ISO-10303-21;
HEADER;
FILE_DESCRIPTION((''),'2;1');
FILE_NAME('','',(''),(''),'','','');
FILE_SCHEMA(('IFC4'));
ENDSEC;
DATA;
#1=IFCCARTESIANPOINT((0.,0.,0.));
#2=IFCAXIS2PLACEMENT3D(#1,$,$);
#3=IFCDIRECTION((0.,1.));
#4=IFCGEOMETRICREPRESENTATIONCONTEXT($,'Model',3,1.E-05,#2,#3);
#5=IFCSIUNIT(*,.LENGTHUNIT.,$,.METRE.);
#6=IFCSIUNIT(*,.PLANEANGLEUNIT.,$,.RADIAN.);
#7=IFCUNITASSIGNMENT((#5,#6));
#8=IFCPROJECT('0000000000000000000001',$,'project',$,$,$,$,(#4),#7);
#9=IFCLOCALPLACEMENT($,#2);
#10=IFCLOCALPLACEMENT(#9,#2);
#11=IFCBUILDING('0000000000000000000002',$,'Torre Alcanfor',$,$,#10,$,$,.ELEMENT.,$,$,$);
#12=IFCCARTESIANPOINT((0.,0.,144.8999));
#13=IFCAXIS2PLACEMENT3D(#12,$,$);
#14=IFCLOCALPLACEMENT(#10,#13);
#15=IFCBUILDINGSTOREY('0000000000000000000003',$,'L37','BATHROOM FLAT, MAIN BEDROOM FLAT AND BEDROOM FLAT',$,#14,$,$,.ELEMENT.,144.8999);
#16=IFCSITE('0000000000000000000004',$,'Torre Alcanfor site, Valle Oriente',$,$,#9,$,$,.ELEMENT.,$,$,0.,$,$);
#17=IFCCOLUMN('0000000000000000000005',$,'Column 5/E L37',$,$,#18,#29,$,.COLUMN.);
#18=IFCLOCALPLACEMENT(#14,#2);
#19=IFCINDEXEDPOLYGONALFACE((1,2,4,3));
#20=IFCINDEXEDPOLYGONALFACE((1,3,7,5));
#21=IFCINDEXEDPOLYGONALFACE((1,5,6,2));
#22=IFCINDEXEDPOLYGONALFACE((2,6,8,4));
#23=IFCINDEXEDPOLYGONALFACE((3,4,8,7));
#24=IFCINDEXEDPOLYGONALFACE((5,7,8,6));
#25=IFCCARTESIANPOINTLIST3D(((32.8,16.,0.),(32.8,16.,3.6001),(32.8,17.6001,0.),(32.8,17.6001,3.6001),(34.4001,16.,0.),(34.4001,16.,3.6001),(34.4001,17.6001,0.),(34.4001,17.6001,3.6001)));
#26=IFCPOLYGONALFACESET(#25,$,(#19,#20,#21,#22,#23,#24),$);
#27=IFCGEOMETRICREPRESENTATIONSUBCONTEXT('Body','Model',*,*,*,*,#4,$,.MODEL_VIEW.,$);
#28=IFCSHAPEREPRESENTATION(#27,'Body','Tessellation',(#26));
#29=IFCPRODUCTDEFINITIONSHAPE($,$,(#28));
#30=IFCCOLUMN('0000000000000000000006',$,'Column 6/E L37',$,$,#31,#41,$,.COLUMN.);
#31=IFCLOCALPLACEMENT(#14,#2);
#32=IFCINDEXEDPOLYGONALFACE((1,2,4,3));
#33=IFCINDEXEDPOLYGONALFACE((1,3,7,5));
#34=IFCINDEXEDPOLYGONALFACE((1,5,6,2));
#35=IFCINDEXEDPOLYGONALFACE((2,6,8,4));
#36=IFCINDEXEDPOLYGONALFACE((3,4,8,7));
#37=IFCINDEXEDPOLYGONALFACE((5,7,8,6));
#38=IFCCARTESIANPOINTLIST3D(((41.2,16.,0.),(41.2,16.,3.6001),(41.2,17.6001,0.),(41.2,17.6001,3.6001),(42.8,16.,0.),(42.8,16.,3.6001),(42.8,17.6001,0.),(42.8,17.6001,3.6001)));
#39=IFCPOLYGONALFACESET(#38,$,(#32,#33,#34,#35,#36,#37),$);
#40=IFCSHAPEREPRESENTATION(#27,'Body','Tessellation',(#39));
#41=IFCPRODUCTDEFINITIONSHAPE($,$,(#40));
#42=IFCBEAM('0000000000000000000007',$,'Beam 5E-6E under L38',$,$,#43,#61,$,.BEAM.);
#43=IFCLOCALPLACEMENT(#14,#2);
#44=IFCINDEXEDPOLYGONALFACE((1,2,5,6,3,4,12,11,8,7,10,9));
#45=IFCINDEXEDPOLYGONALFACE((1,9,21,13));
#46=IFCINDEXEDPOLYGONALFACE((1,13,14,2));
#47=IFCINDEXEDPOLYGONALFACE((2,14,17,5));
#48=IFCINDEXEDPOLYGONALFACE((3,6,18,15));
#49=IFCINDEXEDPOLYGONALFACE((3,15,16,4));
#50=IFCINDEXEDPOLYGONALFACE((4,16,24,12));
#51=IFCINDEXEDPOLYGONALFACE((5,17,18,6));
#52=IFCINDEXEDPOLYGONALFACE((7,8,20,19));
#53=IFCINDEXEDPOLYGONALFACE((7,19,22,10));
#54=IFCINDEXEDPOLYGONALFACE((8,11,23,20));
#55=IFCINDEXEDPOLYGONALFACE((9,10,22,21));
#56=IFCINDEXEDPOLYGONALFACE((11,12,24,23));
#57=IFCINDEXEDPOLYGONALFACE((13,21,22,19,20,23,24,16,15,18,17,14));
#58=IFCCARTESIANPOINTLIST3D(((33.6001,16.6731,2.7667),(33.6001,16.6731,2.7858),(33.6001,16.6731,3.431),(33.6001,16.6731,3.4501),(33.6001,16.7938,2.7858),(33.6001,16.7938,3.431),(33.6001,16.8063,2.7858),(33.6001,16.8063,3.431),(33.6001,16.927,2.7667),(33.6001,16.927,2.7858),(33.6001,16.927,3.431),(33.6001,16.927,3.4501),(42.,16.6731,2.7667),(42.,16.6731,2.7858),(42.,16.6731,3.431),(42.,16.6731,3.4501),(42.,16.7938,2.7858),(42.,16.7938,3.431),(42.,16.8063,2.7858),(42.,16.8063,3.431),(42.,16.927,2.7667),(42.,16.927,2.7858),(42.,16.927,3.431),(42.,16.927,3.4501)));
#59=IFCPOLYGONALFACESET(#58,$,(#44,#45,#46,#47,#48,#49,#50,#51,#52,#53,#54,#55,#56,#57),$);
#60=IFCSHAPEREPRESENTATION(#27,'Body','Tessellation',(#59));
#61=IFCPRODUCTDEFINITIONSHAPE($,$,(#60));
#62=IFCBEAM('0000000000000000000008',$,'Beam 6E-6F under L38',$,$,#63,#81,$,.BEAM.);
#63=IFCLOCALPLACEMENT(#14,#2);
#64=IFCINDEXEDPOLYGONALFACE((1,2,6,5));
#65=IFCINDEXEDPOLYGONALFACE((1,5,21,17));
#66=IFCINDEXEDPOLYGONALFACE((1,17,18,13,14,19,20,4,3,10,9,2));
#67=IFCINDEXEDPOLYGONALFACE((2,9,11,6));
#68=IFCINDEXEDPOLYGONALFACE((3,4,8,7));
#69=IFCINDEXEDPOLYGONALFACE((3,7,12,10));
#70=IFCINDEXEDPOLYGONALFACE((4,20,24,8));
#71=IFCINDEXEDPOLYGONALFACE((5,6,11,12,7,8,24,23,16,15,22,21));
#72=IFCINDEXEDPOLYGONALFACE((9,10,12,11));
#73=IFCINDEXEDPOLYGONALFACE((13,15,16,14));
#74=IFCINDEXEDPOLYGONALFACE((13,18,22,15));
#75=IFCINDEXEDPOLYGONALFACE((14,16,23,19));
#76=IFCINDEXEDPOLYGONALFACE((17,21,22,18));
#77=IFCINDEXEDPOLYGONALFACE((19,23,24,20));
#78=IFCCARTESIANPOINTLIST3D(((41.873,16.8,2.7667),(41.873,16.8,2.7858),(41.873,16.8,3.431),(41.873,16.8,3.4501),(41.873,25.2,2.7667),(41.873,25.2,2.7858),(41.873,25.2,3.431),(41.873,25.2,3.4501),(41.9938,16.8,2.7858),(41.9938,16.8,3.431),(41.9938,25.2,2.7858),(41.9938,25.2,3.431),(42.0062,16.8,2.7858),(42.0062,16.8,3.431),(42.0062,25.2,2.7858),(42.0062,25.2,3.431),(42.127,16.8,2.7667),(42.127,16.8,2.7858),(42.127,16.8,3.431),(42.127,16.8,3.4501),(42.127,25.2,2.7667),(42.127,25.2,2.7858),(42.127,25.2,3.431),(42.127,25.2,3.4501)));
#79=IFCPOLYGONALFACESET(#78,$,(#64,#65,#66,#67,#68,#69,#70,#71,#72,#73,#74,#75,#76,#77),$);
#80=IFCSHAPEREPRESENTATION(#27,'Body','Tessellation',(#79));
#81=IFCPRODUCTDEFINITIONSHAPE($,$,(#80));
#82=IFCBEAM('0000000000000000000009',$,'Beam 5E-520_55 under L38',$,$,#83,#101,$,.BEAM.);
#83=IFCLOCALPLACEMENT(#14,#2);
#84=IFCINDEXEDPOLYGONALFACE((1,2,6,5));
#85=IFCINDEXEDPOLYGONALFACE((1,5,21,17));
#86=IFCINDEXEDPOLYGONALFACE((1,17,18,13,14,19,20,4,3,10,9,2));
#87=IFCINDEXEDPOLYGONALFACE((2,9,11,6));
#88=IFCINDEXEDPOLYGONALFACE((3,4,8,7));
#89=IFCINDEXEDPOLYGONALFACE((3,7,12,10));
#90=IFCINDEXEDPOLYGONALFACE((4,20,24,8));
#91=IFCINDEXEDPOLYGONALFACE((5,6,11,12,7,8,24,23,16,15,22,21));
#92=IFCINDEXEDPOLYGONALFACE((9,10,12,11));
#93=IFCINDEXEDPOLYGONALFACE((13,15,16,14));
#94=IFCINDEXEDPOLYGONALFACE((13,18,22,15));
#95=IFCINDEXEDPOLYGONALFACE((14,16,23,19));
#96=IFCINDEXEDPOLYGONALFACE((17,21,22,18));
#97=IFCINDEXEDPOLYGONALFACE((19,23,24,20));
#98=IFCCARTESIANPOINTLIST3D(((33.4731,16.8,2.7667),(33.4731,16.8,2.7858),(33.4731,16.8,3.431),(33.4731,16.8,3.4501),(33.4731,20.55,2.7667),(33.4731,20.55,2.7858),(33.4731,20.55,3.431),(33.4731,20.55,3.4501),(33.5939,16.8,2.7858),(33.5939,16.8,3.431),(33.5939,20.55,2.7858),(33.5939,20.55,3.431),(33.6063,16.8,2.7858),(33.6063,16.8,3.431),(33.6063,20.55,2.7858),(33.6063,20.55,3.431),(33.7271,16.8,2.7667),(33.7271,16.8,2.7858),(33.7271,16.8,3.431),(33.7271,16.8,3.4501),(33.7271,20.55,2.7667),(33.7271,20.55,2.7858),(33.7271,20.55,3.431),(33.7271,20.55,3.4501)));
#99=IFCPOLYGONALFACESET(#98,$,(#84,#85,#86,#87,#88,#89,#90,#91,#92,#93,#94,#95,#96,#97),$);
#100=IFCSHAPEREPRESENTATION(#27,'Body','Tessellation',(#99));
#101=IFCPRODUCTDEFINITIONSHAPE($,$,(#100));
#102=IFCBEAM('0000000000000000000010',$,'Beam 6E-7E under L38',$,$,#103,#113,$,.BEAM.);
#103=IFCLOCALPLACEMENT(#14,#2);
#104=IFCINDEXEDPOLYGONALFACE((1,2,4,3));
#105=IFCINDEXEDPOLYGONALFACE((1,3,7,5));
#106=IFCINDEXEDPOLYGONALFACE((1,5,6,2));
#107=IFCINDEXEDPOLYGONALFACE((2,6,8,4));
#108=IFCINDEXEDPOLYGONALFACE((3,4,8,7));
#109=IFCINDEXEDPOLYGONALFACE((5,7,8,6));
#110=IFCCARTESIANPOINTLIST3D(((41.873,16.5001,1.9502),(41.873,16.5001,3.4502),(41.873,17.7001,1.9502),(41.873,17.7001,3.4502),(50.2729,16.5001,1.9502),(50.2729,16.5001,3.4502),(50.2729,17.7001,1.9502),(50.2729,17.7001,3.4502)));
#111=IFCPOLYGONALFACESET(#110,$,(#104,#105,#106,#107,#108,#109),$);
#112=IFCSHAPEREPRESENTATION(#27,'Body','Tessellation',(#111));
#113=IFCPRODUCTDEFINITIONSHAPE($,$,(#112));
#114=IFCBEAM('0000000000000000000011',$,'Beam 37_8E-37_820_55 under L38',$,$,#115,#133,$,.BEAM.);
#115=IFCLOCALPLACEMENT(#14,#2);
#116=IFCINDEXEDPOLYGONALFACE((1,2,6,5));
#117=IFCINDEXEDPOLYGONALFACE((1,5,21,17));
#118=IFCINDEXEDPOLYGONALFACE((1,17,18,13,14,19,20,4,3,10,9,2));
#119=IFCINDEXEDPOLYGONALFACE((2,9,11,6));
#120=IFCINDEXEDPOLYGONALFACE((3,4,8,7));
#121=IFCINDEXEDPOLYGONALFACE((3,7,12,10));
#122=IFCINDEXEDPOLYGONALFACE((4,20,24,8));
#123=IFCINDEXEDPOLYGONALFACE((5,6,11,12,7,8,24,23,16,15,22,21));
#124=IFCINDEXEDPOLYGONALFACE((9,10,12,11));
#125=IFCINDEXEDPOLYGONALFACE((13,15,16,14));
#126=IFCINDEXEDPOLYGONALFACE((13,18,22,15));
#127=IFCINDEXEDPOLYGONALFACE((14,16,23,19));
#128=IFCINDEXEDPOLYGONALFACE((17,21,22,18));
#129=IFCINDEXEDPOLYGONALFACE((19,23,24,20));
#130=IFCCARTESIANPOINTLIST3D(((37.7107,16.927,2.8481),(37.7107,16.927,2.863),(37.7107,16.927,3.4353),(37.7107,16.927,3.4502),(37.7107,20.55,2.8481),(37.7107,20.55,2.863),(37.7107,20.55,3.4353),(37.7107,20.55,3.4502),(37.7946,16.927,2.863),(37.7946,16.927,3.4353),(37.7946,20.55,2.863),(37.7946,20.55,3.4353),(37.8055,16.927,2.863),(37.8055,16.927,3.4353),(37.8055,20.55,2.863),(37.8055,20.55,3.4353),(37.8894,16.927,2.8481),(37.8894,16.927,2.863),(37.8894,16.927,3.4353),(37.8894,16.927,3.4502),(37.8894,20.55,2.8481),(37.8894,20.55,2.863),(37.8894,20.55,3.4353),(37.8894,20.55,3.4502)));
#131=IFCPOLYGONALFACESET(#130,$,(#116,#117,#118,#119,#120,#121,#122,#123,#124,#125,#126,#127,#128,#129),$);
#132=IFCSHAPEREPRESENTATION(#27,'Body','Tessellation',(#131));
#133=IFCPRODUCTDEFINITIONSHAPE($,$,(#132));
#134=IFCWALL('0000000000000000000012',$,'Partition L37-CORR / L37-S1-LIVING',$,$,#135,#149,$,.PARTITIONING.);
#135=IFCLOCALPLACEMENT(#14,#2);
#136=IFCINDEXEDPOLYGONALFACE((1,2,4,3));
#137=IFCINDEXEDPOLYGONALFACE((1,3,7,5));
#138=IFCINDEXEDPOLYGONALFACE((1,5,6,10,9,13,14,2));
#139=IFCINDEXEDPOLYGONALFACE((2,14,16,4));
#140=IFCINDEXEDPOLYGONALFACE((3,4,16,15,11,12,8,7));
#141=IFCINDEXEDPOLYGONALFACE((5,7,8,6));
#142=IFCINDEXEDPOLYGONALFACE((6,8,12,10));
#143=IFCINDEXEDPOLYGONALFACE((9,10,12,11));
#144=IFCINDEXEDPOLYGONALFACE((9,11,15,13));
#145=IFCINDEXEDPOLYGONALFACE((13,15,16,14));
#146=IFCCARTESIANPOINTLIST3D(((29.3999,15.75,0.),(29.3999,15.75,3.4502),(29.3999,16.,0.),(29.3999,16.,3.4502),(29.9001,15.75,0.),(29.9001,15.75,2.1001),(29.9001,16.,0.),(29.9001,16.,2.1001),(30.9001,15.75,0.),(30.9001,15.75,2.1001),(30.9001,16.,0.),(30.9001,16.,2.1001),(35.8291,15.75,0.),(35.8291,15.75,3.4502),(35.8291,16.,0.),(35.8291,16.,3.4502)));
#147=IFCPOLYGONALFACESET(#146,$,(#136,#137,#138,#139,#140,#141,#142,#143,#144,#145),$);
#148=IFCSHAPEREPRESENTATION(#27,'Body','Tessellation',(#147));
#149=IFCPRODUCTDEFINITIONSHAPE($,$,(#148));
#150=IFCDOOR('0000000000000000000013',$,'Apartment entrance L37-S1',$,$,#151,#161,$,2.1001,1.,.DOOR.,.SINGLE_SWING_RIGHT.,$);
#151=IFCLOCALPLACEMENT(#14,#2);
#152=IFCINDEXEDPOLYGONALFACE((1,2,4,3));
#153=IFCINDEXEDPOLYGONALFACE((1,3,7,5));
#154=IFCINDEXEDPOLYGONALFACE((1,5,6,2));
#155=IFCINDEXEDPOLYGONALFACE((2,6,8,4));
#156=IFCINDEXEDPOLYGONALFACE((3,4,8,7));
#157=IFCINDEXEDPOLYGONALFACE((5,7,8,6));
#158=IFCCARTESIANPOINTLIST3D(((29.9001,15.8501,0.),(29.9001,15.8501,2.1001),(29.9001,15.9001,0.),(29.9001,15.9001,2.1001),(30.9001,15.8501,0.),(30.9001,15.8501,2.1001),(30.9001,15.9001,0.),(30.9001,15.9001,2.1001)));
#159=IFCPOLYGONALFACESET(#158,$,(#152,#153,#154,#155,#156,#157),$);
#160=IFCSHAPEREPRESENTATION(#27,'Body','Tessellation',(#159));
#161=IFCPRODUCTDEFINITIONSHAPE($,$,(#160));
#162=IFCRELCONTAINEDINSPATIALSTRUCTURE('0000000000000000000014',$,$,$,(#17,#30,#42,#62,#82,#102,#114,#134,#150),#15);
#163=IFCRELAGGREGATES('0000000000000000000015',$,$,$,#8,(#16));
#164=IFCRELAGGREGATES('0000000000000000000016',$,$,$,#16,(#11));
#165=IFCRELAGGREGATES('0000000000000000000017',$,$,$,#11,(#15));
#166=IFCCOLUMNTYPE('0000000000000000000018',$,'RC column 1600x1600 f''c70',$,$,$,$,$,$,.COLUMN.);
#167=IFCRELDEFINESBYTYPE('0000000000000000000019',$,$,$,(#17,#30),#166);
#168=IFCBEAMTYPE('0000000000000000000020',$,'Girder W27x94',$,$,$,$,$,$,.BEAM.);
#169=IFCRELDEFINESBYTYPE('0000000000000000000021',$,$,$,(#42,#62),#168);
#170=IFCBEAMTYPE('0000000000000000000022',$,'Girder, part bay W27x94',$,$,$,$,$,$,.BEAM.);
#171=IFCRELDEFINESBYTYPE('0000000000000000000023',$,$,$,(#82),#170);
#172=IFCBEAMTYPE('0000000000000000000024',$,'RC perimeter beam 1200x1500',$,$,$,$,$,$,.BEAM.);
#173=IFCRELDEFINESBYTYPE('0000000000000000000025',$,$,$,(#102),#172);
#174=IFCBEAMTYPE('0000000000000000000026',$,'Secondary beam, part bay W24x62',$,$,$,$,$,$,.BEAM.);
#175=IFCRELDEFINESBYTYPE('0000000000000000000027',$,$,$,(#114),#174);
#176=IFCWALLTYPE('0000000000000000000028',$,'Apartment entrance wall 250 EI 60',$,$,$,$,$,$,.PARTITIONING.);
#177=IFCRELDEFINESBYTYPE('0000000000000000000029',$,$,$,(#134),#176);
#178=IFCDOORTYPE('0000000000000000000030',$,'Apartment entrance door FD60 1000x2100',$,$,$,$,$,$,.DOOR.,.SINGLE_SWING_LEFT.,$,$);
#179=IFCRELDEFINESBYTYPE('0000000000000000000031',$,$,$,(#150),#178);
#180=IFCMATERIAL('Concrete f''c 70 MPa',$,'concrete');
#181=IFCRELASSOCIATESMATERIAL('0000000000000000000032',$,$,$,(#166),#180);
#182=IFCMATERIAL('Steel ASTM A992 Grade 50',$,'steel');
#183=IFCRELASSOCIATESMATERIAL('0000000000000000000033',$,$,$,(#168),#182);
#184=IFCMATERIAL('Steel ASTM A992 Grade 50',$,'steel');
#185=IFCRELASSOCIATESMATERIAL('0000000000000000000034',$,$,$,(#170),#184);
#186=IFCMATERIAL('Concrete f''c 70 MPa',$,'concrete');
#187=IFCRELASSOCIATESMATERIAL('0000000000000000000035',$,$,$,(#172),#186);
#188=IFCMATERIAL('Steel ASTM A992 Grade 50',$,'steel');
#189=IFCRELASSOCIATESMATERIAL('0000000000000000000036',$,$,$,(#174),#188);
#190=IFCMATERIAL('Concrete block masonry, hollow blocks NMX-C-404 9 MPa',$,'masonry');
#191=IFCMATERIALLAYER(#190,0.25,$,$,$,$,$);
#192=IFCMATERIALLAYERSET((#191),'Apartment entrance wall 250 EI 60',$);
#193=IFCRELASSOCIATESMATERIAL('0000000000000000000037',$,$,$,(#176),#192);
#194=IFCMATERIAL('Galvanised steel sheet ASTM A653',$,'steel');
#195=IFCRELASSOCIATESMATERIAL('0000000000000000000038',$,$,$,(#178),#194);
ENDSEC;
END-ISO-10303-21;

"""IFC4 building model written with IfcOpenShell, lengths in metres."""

from ifc_helpers import new_model, si_unit, direction, frame, frame_2d, origin, origin_2d, place, context, subcontext, project, spatial, rectangle, i_section, extrude, material, layer, layer_set, material_profile, profile_set, type_object, element, fill, save


model = new_model("IFC4")

# Units and contexts
model_context = context("Model", 3, precision=1e-05, world=origin(), true_north=direction((0.0, 1.0)))
body_context = subcontext(model_context, "Body", "Model", "MODEL_VIEW")
ifc_project = project(units=[si_unit("LENGTHUNIT", "METRE"), si_unit("PLANEANGLEUNIT", "RADIAN")], contexts=[model_context])

# Site, building, storey
site_placement = place(None, origin())
site = spatial("IfcSite", under=ifc_project, at=site_placement, Name="Torre Alcanfor site, Valle Oriente", CompositionType="ELEMENT", RefElevation=0.0)
building_placement = place(site_placement, origin())
building = spatial("IfcBuilding", under=site, at=building_placement, Name="Torre Alcanfor", CompositionType="ELEMENT")
storey_placement = place(building_placement, frame((0.0, 0.0, 144.8999)))
storey = spatial("IfcBuildingStorey", under=building, at=storey_placement, Name="L37", Description="BATHROOM FLAT, MAIN BEDROOM FLAT AND BEDROOM FLAT", CompositionType="ELEMENT", Elevation=144.8999)

# Columns
ifc_material_1 = material(Name="Concrete f'c 70 MPa", Category="concrete")
ifc_material_profile_1 = material_profile(ifc_material_1, rectangle(XDim=1.6001, YDim=1.6001, at=origin_2d()), Name="1600x1600")
ifc_profile_set_1 = profile_set([ifc_material_profile_1], Name="Concrete f'c 70 MPa")
column_type = type_object("IfcColumnType", Name="RC column 1600x1600 f'c70", PredefinedType="COLUMN", material=ifc_profile_set_1)
for number, where, z_axis, x_axis, name in (
    (1, (33.6001, 16.8, 0.0), (0.0, 0.0, 1.0), (1.0, 0.0, 0.0), "Column 5/E L37"),
    (2, (42.0, 16.8, 0.0), (0.0, 0.0, 1.0), (1.0, 0.0, 0.0), "Column 6/E L37"),
):
    element("IfcColumn", number, at=place(storey_placement, frame(where, z_axis=z_axis, x_axis=x_axis)), inside=storey, type_object=column_type, Name=name, PredefinedType="COLUMN", context=body_context, shape_type="SweptSolid", body=[
        extrude(rectangle(XDim=1.6001, YDim=1.6001, at=origin_2d()), origin(), (0.0, 0.0, 1.0), 3.6001),
    ])

# Beams
ifc_material_2 = material(Name="Steel ASTM A992 Grade 50", Category="steel")
ifc_material_profile_2 = material_profile(ifc_material_2, i_section(OverallWidth=0.2539, OverallDepth=0.6833, WebThickness=0.0125, FlangeThickness=0.019, at=origin_2d()), Name="W27x94")
ifc_profile_set_2 = profile_set([ifc_material_profile_2], Name="Steel ASTM A992 Grade 50")
beam_type_1 = type_object("IfcBeamType", Name="Girder W27x94", PredefinedType="BEAM", material=ifc_profile_set_2)
for number, where, z_axis, x_axis, name in (
    (3, (33.6001, 16.8, 3.1084), (1.0, 0.0, 0.0), (0.0, 1.0, 0.0), "Beam 5E-6E under L38"),
    (4, (42.0, 16.8, 3.1084), (0.0, 1.0, 0.0), (-1.0, 0.0, 0.0), "Beam 6E-6F under L38"),
):
    element("IfcBeam", number, at=place(storey_placement, frame(where, z_axis=z_axis, x_axis=x_axis)), inside=storey, type_object=beam_type_1, Name=name, PredefinedType="BEAM", context=body_context, shape_type="SweptSolid", body=[
        extrude(i_section(OverallWidth=0.2539, OverallDepth=0.6833, WebThickness=0.0125, FlangeThickness=0.019, at=origin_2d()), origin(), (0.0, 0.0, 1.0), 8.3999),
    ])
ifc_material_3 = material(Name="Steel ASTM A992 Grade 50", Category="steel")
ifc_material_profile_3 = material_profile(ifc_material_3, i_section(OverallWidth=0.2539, OverallDepth=0.6833, WebThickness=0.0125, FlangeThickness=0.019, at=origin_2d()), Name="W27x94")
ifc_profile_set_3 = profile_set([ifc_material_profile_3], Name="Steel ASTM A992 Grade 50")
beam_type_2 = type_object("IfcBeamType", Name="Girder, part bay W27x94", PredefinedType="BEAM", material=ifc_profile_set_3)
beam_1_placement = place(storey_placement, frame((33.6001, 16.8, 3.1084), z_axis=(0.0, 1.0, 0.0), x_axis=(-1.0, 0.0, 0.0)))
element("IfcBeam", 5, at=beam_1_placement, inside=storey, type_object=beam_type_2, Name="Beam 5E-520_55 under L38", PredefinedType="BEAM", context=body_context, shape_type="SweptSolid", body=[
    extrude(i_section(OverallWidth=0.2539, OverallDepth=0.6833, WebThickness=0.0125, FlangeThickness=0.019, at=origin_2d()), origin(), (0.0, 0.0, 1.0), 3.75),
])
ifc_material_4 = material(Name="Concrete f'c 70 MPa", Category="concrete")
ifc_material_profile_4 = material_profile(ifc_material_4, rectangle(XDim=1.2, YDim=1.5, at=origin_2d()), Name="1200x1500")
ifc_profile_set_4 = profile_set([ifc_material_profile_4], Name="Concrete f'c 70 MPa")
beam_type_3 = type_object("IfcBeamType", Name="RC perimeter beam 1200x1500", PredefinedType="BEAM", material=ifc_profile_set_4)
beam_2_placement = place(storey_placement, frame((41.873, 17.1001, 2.7002), z_axis=(1.0, 0.0, 0.0), x_axis=(0.0, 1.0, 0.0)))
element("IfcBeam", 6, at=beam_2_placement, inside=storey, type_object=beam_type_3, Name="Beam 6E-7E under L38", PredefinedType="BEAM", context=body_context, shape_type="SweptSolid", body=[
    extrude(rectangle(XDim=1.2, YDim=1.5, at=origin_2d()), origin(), (0.0, 0.0, 1.0), 8.3999),
])
ifc_material_5 = material(Name="Steel ASTM A992 Grade 50", Category="steel")
ifc_material_profile_5 = material_profile(ifc_material_5, i_section(OverallWidth=0.1787, OverallDepth=0.6021, WebThickness=0.011, FlangeThickness=0.0149, at=origin_2d()), Name="W24x62")
ifc_profile_set_5 = profile_set([ifc_material_profile_5], Name="Steel ASTM A992 Grade 50")
beam_type_4 = type_object("IfcBeamType", Name="Secondary beam, part bay W24x62", PredefinedType="BEAM", material=ifc_profile_set_5)
beam_3_placement = place(storey_placement, frame((37.8, 16.927, 3.1492), z_axis=(0.0, 1.0, 0.0), x_axis=(-1.0, 0.0, 0.0)))
element("IfcBeam", 7, at=beam_3_placement, inside=storey, type_object=beam_type_4, Name="Beam 37_8E-37_820_55 under L38", PredefinedType="BEAM", context=body_context, shape_type="SweptSolid", body=[
    extrude(i_section(OverallWidth=0.1787, OverallDepth=0.6021, WebThickness=0.011, FlangeThickness=0.0149, at=origin_2d()), origin(), (0.0, 0.0, 1.0), 3.623),
])

# Wall, opening, door
ifc_material_6 = material(Name="Concrete block masonry, hollow blocks NMX-C-404 9 MPa", Category="masonry")
ifc_layer_1 = layer(ifc_material_6, 0.25)
ifc_layer_set_1 = layer_set([ifc_layer_1], Name="Apartment entrance wall 250 EI 60")
wall_type_1 = type_object("IfcWallType", Name="Apartment entrance wall 250 EI 60", PredefinedType="PARTITIONING", material=ifc_layer_set_1)
wall_1_placement = place(storey_placement, frame((35.8291, 15.875, 0.0), z_axis=(0.0, 0.0, 1.0), x_axis=(-1.0, 0.0, 0.0)))
wall_1 = element("IfcWall", 8, at=wall_1_placement, inside=storey, type_object=wall_type_1, Name="Partition L37-CORR / L37-S1-LIVING", PredefinedType="PARTITIONING", context=body_context, shape_type="SweptSolid", body=[
    extrude(rectangle(XDim=6.4292, YDim=0.25, at=frame_2d((3.2146, 0.0))), origin(), (0.0, 0.0, 1.0), 3.4502),
])
opening_1_placement = place(wall_1_placement, frame((4.929, 0.0, 0.0)))
opening_1 = element("IfcOpeningElement", 9, at=opening_1_placement, cuts=wall_1, PredefinedType="OPENING", context=body_context, shape_type="SweptSolid", body=[
    extrude(rectangle(XDim=1.0, YDim=2.1001, at=frame_2d((0.5, 1.05))), frame((0.0, 0.135, 0.0), z_axis=(0.0, -1.0, 0.0), x_axis=(1.0, 0.0, 0.0)), (0.0, 0.0, 1.0), 0.27),
])
ifc_material_7 = material(Name="Galvanised steel sheet ASTM A653", Category="steel")
door_type_1 = type_object("IfcDoorType", Name="Apartment entrance door FD60 1000x2100", OperationType="SINGLE_SWING_LEFT", PredefinedType="DOOR", material=ifc_material_7)
door_1_placement = place(opening_1_placement, origin())
door_1 = element("IfcDoor", 10, at=door_1_placement, inside=storey, type_object=door_type_1, Name="Apartment entrance L37-S1", OperationType="SINGLE_SWING_RIGHT", OverallHeight=2.1001, OverallWidth=1.0, PredefinedType="DOOR", context=body_context, shape_type="SweptSolid", body=[
    extrude(rectangle(XDim=1.0, YDim=2.1001, at=frame_2d((0.5, 1.05))), frame((0.0, 0.0249, 0.0), z_axis=(0.0, -1.0, 0.0), x_axis=(1.0, 0.0, 0.0)), (0.0, 0.0, 1.0), 0.05),
])
fill(opening_1, door_1)

save(model, "model.ifc")
